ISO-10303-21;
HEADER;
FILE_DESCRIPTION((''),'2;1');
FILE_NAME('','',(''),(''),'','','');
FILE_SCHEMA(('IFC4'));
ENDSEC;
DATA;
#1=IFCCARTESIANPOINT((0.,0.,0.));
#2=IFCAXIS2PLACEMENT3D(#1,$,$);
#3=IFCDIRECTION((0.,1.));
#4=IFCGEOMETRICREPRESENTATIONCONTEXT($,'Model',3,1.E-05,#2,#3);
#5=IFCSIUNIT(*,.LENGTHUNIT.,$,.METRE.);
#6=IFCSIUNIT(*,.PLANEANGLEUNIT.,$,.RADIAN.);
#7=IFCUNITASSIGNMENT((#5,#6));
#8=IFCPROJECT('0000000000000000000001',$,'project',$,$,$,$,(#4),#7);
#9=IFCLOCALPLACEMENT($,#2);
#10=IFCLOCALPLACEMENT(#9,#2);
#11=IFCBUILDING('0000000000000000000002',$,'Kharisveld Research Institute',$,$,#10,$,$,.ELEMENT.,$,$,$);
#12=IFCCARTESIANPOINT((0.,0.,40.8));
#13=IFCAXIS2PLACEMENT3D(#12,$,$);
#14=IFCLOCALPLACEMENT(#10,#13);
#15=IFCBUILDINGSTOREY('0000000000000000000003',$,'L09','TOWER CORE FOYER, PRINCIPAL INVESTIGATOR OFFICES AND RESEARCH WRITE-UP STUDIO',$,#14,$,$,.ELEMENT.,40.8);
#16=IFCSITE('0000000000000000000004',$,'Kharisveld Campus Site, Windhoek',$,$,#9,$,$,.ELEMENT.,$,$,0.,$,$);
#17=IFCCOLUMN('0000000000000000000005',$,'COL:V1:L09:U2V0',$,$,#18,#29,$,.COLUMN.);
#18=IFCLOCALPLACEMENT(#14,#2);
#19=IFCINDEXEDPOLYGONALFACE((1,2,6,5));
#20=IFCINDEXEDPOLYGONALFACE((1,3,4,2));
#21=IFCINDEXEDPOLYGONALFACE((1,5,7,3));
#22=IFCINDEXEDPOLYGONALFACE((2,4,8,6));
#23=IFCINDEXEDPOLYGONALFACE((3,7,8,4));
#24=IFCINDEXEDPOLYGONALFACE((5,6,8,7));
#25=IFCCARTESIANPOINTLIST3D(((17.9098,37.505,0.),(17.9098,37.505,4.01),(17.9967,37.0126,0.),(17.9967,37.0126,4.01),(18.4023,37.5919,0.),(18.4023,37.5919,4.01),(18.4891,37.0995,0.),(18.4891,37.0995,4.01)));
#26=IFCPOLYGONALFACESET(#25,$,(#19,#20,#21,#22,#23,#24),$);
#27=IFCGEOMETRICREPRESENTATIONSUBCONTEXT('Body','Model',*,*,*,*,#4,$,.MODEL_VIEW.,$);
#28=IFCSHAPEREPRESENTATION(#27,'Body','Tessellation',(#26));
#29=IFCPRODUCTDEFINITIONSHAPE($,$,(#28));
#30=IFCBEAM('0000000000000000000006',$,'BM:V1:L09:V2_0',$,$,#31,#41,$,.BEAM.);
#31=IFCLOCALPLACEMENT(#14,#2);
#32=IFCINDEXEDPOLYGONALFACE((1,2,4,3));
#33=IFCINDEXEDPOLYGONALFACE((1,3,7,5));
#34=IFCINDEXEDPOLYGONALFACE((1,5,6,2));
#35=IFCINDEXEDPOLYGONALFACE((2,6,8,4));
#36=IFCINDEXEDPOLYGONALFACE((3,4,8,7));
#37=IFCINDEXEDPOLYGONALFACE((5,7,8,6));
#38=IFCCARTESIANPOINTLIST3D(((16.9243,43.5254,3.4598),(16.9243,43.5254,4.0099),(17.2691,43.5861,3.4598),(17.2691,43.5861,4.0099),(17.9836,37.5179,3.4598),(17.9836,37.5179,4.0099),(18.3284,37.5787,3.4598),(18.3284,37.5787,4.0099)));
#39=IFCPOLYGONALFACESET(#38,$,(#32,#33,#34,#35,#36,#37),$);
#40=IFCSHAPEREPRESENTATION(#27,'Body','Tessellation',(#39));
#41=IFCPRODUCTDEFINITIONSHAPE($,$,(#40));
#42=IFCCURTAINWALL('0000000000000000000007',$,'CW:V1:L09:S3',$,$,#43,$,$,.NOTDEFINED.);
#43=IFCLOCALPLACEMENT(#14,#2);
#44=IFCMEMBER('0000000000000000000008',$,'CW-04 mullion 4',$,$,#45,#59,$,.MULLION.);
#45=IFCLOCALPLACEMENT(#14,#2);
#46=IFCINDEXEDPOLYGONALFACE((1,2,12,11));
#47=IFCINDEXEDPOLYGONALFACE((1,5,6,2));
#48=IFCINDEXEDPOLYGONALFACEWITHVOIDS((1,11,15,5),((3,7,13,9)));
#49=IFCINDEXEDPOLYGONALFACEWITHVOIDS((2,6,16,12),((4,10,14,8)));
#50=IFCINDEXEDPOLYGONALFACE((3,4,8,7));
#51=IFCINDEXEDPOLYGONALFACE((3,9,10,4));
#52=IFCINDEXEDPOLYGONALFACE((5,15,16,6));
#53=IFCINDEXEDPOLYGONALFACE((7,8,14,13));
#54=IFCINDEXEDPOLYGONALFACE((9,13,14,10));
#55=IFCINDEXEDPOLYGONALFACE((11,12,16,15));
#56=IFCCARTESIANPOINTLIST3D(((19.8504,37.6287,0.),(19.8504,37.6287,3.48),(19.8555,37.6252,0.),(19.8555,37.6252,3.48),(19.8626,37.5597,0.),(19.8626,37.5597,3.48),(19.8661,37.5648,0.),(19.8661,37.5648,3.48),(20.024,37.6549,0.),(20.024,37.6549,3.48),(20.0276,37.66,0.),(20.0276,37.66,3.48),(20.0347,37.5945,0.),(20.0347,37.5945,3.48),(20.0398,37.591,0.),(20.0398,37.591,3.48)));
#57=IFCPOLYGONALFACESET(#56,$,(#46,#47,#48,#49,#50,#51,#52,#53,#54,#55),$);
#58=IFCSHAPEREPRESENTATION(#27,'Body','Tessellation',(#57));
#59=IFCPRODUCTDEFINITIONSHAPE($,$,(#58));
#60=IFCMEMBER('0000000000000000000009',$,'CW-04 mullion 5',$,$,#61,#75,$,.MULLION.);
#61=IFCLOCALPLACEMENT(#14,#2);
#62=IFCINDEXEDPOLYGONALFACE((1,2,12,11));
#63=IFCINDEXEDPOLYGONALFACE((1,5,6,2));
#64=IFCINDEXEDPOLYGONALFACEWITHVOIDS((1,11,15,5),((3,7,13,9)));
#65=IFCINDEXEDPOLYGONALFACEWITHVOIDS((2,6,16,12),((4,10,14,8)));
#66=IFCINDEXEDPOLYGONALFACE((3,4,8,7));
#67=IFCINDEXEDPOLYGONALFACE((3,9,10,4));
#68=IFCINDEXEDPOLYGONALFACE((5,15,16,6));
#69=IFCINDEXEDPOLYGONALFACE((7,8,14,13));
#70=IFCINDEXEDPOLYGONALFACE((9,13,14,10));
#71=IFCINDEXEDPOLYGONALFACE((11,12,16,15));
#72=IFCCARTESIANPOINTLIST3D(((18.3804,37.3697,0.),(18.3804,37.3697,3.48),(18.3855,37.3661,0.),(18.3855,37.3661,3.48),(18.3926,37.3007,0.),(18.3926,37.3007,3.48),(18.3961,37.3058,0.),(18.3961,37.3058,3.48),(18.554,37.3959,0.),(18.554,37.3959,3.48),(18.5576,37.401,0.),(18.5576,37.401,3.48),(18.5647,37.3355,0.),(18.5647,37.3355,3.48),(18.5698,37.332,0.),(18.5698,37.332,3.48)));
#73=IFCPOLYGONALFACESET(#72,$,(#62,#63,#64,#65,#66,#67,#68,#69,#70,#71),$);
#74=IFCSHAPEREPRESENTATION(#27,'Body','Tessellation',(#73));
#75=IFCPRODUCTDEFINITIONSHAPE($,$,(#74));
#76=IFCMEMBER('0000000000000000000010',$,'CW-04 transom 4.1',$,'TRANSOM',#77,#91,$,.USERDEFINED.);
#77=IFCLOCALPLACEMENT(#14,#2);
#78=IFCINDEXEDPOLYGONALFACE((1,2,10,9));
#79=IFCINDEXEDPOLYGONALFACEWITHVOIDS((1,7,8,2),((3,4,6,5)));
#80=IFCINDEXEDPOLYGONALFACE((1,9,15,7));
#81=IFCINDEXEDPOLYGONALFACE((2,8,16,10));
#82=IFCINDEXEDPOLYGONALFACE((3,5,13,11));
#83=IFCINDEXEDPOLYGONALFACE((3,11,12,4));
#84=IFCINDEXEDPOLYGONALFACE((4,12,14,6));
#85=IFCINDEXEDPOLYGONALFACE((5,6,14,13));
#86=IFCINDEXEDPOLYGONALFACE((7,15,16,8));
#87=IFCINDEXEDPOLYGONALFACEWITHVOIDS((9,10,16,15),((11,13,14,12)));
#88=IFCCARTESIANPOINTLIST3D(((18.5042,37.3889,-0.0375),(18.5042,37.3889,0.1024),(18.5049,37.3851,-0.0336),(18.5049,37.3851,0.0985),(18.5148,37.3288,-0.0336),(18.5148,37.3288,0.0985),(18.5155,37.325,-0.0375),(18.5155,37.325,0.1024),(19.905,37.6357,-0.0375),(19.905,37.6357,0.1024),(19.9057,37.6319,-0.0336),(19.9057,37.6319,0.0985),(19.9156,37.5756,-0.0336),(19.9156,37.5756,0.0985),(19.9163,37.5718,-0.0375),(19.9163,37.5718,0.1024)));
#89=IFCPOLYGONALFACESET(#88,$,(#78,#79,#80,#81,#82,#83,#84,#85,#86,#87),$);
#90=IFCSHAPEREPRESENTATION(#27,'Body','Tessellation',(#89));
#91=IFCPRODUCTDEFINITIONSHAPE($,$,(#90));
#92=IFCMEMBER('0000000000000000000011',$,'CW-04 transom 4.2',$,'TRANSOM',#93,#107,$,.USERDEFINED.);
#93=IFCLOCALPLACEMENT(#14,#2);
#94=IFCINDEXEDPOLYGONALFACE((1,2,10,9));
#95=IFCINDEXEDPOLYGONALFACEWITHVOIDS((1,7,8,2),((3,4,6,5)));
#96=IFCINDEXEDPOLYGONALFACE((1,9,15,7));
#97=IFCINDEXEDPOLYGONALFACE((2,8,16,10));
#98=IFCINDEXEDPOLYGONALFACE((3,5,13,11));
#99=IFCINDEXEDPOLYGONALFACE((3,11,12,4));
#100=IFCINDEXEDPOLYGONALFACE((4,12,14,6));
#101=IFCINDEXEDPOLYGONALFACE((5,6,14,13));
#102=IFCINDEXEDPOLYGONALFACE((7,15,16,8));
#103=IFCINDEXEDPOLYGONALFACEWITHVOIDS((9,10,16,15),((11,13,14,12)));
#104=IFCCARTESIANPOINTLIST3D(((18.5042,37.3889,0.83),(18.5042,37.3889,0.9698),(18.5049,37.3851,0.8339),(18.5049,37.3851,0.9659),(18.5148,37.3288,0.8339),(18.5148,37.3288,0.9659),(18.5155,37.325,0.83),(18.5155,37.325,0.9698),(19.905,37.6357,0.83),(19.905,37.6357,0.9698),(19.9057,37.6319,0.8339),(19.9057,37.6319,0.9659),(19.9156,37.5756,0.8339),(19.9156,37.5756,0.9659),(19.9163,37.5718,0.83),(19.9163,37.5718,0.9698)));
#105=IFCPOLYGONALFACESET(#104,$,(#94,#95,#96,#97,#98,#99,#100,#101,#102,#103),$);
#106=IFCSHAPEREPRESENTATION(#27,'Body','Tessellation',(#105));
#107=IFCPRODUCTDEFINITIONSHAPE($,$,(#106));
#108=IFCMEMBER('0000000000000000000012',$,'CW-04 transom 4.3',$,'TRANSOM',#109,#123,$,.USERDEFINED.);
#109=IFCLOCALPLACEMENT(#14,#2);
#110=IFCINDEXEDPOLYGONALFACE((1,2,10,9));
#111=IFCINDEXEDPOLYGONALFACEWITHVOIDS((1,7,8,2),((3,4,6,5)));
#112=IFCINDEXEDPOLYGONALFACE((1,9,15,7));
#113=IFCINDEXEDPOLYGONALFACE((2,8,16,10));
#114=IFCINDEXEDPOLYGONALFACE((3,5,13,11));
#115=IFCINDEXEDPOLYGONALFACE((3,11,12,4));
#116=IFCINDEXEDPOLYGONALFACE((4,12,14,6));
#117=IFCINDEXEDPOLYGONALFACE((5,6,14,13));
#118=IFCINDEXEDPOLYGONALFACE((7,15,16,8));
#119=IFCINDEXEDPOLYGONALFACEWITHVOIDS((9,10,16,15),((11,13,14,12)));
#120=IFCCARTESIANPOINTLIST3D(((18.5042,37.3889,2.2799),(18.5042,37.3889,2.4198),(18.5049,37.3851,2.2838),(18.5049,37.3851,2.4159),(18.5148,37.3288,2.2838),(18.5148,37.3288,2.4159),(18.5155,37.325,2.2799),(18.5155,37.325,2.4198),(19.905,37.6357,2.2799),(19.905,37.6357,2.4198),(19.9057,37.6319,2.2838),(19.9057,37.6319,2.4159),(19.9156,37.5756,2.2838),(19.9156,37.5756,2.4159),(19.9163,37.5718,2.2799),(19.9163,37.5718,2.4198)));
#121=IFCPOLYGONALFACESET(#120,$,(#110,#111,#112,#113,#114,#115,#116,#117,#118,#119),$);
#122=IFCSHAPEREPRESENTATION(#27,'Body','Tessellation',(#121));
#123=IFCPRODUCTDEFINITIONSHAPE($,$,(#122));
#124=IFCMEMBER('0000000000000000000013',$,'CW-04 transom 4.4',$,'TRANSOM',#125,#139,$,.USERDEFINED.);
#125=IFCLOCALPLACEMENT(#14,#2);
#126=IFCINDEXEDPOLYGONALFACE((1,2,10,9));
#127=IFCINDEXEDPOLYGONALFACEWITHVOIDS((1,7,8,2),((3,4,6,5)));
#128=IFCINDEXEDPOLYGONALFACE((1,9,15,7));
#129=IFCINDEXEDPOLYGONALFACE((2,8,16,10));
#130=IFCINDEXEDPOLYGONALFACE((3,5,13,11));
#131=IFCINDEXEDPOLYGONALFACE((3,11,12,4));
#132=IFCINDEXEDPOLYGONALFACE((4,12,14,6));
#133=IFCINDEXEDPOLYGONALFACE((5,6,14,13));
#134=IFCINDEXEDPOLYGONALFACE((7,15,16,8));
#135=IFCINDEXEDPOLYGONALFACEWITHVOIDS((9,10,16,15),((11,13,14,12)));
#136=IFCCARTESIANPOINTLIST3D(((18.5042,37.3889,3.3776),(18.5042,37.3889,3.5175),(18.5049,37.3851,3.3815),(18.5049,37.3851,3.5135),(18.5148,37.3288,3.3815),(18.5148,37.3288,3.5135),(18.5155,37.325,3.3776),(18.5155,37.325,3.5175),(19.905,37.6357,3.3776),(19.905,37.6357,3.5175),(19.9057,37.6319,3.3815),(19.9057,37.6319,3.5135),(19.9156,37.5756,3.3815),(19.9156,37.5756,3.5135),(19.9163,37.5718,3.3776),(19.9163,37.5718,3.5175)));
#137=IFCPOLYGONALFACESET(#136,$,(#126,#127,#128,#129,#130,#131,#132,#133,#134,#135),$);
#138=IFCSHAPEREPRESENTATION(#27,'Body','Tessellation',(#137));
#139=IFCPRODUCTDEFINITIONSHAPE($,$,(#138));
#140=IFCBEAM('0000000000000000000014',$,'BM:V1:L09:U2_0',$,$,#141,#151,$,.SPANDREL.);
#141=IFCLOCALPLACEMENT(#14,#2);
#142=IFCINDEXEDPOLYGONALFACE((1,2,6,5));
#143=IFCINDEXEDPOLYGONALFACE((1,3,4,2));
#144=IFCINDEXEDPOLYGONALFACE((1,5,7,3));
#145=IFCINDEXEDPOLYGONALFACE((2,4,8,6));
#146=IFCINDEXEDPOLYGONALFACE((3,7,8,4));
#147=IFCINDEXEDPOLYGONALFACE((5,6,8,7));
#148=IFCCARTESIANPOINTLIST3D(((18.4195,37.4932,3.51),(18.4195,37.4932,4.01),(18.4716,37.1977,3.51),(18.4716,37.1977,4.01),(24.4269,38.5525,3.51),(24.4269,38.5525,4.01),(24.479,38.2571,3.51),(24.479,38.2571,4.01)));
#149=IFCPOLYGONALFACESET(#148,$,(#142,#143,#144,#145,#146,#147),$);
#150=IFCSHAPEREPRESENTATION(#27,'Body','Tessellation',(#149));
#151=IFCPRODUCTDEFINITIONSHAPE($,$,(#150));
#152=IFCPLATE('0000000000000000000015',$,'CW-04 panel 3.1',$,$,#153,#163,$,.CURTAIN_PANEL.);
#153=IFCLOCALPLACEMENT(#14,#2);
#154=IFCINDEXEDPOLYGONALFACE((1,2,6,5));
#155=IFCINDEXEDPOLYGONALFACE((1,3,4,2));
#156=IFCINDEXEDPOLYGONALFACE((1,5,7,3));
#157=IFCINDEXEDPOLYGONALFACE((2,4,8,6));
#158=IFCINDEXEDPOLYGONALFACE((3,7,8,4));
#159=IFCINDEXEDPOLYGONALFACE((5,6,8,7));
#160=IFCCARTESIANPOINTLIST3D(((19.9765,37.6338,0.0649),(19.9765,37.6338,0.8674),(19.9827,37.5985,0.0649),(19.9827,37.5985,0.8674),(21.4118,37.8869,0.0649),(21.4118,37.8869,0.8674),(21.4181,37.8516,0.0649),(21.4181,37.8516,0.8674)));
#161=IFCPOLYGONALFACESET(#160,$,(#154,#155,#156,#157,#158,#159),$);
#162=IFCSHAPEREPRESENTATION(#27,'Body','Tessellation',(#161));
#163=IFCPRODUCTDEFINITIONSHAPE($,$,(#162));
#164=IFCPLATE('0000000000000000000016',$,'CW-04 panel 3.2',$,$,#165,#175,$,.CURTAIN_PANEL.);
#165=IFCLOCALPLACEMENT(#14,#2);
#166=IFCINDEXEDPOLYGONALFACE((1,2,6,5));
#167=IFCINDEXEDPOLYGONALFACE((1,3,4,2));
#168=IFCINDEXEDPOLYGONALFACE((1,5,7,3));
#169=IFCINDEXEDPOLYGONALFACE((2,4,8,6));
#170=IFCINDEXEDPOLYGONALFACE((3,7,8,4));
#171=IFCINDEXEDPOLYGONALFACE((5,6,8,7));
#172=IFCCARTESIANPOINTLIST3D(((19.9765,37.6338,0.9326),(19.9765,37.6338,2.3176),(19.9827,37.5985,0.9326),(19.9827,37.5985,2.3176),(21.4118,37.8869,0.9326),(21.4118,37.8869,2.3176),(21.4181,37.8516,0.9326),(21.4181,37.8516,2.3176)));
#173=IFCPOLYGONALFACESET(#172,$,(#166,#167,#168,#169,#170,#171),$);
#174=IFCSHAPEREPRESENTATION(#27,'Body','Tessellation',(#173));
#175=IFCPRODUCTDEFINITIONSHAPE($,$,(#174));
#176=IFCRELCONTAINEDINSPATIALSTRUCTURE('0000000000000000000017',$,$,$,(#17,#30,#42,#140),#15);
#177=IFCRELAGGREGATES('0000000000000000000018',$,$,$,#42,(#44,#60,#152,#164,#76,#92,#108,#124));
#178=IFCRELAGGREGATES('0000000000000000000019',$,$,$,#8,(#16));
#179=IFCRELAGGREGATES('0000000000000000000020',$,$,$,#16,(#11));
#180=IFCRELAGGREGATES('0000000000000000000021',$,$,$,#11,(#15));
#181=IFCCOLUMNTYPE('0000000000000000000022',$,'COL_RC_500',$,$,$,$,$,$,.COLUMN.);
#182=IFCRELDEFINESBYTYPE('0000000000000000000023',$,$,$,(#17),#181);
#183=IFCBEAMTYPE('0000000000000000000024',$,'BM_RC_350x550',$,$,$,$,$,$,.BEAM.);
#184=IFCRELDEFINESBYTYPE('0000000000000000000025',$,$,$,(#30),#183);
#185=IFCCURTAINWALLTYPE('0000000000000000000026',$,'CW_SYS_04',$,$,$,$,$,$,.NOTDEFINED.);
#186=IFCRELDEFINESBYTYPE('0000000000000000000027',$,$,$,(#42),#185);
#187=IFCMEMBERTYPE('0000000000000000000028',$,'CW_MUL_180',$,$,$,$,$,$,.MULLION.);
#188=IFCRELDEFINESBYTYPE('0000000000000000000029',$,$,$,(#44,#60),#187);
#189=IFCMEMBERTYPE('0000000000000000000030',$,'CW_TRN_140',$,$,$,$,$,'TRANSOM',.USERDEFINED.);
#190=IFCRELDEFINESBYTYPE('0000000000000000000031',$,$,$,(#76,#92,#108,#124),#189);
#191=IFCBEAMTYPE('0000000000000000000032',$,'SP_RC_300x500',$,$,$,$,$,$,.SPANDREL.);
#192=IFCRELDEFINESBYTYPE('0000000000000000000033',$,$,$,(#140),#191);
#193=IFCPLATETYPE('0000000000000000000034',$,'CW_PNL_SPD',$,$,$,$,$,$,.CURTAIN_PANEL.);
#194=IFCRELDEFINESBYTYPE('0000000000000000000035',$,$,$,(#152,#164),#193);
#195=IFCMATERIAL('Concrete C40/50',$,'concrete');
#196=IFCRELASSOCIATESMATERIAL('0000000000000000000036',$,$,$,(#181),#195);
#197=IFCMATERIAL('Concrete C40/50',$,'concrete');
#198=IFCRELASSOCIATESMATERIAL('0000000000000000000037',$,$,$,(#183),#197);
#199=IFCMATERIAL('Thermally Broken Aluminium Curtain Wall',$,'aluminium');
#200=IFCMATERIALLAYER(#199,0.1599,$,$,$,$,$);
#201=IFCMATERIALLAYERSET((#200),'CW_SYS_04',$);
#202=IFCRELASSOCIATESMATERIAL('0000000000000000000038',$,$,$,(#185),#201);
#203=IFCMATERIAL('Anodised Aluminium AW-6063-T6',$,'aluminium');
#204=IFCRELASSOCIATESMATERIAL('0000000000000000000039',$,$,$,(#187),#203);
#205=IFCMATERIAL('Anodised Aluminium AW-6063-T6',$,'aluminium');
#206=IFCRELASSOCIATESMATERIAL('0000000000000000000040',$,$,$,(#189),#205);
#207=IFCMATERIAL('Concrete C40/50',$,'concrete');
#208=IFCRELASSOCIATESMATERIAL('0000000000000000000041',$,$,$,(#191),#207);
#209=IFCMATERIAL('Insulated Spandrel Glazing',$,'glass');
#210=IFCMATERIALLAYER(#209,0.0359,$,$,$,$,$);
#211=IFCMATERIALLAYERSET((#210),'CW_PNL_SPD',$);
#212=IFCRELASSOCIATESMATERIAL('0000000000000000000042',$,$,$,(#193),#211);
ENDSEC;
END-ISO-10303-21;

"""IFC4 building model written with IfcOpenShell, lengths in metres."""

from ifc_helpers import new_model, si_unit, direction, frame, origin, origin_2d, place, context, subcontext, project, spatial, rectangle, hollow_rectangle, extrude, material, layer, layer_set, material_profile, profile_set, type_object, element, aggregate, save


model = new_model("IFC4")

# Units and contexts
model_context = context("Model", 3, precision=1e-05, world=origin(), true_north=direction((0.0, 1.0)))
body_context = subcontext(model_context, "Body", "Model", "MODEL_VIEW")
ifc_project = project(units=[si_unit("LENGTHUNIT", "METRE"), si_unit("PLANEANGLEUNIT", "RADIAN")], contexts=[model_context])

# Site, building, storey
site_placement = place(None, origin())
site = spatial("IfcSite", under=ifc_project, at=site_placement, Name="Kharisveld Campus Site, Windhoek", CompositionType="ELEMENT", RefElevation=0.0)
building_placement = place(site_placement, origin())
building = spatial("IfcBuilding", under=site, at=building_placement, Name="Kharisveld Research Institute", CompositionType="ELEMENT")
storey_placement = place(building_placement, frame((0.0, 0.0, 40.8)))
storey = spatial("IfcBuildingStorey", under=building, at=storey_placement, Name="L09", Description="TOWER CORE FOYER, PRINCIPAL INVESTIGATOR OFFICES AND RESEARCH WRITE-UP STUDIO", CompositionType="ELEMENT", Elevation=40.8)

# Column
ifc_material_1 = material(Name="Concrete C40/50", Category="concrete")
ifc_material_profile_1 = material_profile(ifc_material_1, rectangle(XDim=0.5, YDim=0.5, at=origin_2d()))
ifc_profile_set_1 = profile_set([ifc_material_profile_1], Name="Concrete C40/50")
column_type = type_object("IfcColumnType", Name="COL_RC_500", PredefinedType="COLUMN", material=ifc_profile_set_1)
column_placement = place(storey_placement, frame((18.1995, 37.3022, 0.0), z_axis=(0.0, 0.0, 1.0), x_axis=(0.984808, 0.173648, 0.0)))
element("IfcColumn", 1, at=column_placement, inside=storey, type_object=column_type, Name="COL:V1:L09:U2V0", PredefinedType="COLUMN", context=body_context, shape_type="SweptSolid", body=[
    extrude(rectangle(XDim=0.5, YDim=0.5, at=origin_2d()), origin(), (0.0, 0.0, 1.0), 4.01),
])

# Beam
ifc_material_2 = material(Name="Concrete C40/50", Category="concrete")
ifc_material_profile_2 = material_profile(ifc_material_2, rectangle(XDim=0.3501, YDim=0.55, at=origin_2d()))
ifc_profile_set_2 = profile_set([ifc_material_profile_2], Name="Concrete C40/50")
beam_type_1 = type_object("IfcBeamType", Name="BM_RC_350x550", PredefinedType="BEAM", material=ifc_profile_set_2)
beam_1_placement = place(storey_placement, frame((18.156, 37.5483, 3.7349), z_axis=(-0.17366, 0.984806, 0.0), x_axis=(-0.984806, -0.17366, 0.0)))
element("IfcBeam", 2, at=beam_1_placement, inside=storey, type_object=beam_type_1, Name="BM:V1:L09:V2_0", PredefinedType="BEAM", context=body_context, shape_type="SweptSolid", body=[
    extrude(rectangle(XDim=0.3501, YDim=0.55, at=origin_2d()), origin(), (0.0, 0.0, 1.0), 6.1001),
])

# Curtain wall, members
ifc_material_3 = material(Name="Thermally Broken Aluminium Curtain Wall", Category="aluminium")
ifc_layer_1 = layer(ifc_material_3, 0.1599)
ifc_layer_set_1 = layer_set([ifc_layer_1], Name="CW_SYS_04")
curtain_wall_type = type_object("IfcCurtainWallType", Name="CW_SYS_04", PredefinedType="NOTDEFINED", material=ifc_layer_set_1)
curtain_wall_placement = place(storey_placement, origin())
curtain_wall = element("IfcCurtainWall", 3, at=curtain_wall_placement, inside=storey, type_object=curtain_wall_type, Name="CW:V1:L09:S3", PredefinedType="NOTDEFINED")
ifc_material_4 = material(Name="Anodised Aluminium AW-6063-T6", Category="aluminium")
ifc_material_profile_3 = material_profile(ifc_material_4, hollow_rectangle(XDim=0.0701, YDim=0.1799, WallThickness=0.0044, at=origin_2d()))
ifc_profile_set_3 = profile_set([ifc_material_profile_3], Name="Anodised Aluminium AW-6063-T6")
member_type_1 = type_object("IfcMemberType", Name="CW_MUL_180", PredefinedType="MULLION", material=ifc_profile_set_3)
member_1_placement = place(storey_placement, frame((19.9451, 37.6099, 0.0), z_axis=(0.0, 0.0, 1.0), x_axis=(0.173648, -0.984808, 0.0)))
member_1 = element("IfcMember", 4, at=member_1_placement, type_object=member_type_1, Name="CW-04 mullion 4", PredefinedType="MULLION", context=body_context, shape_type="SweptSolid", body=[
    extrude(hollow_rectangle(XDim=0.0701, YDim=0.1799, WallThickness=0.0044, at=origin_2d()), origin(), (0.0, 0.0, 1.0), 3.48),
])
member_2_placement = place(storey_placement, frame((18.4751, 37.3508, 0.0), z_axis=(0.0, 0.0, 1.0), x_axis=(0.173648, -0.984808, 0.0)))
member_2 = element("IfcMember", 5, at=member_2_placement, type_object=member_type_1, Name="CW-04 mullion 5", PredefinedType="MULLION", context=body_context, shape_type="SweptSolid", body=[
    extrude(hollow_rectangle(XDim=0.0701, YDim=0.1799, WallThickness=0.0044, at=origin_2d()), origin(), (0.0, 0.0, 1.0), 3.48),
])
ifc_material_5 = material(Name="Anodised Aluminium AW-6063-T6", Category="aluminium")
ifc_material_profile_4 = material_profile(ifc_material_5, hollow_rectangle(XDim=0.0649, YDim=0.1399, WallThickness=0.0039, at=origin_2d()))
ifc_profile_set_4 = profile_set([ifc_material_profile_4], Name="Anodised Aluminium AW-6063-T6")
member_type_2 = type_object("IfcMemberType", Name="CW_TRN_140", ElementType="TRANSOM", PredefinedType="USERDEFINED", material=ifc_profile_set_4)
member_3_placement = place(storey_placement, frame((19.9106, 37.6038, 0.0325), z_axis=(-0.98483, -0.173521, 0.0), x_axis=(0.173521, -0.98483, 0.0)))
member_3 = element("IfcMember", 6, at=member_3_placement, type_object=member_type_2, Name="CW-04 transom 4.1", ObjectType="TRANSOM", PredefinedType="USERDEFINED", context=body_context, shape_type="SweptSolid", body=[
    extrude(hollow_rectangle(XDim=0.0649, YDim=0.1399, WallThickness=0.0039, at=origin_2d()), origin(), (0.0, 0.0, 1.0), 1.4224),
])
member_4_placement = place(storey_placement, frame((19.9106, 37.6038, 0.8999), z_axis=(-0.98483, -0.173521, 0.0), x_axis=(0.173521, -0.98483, 0.0)))
member_4 = element("IfcMember", 7, at=member_4_placement, type_object=member_type_2, Name="CW-04 transom 4.2", ObjectType="TRANSOM", PredefinedType="USERDEFINED", context=body_context, shape_type="SweptSolid", body=[
    extrude(hollow_rectangle(XDim=0.0649, YDim=0.1399, WallThickness=0.0039, at=origin_2d()), origin(), (0.0, 0.0, 1.0), 1.4224),
])
member_5_placement = place(storey_placement, frame((19.9106, 37.6038, 2.3499), z_axis=(-0.98483, -0.173521, 0.0), x_axis=(0.173521, -0.98483, 0.0)))
member_5 = element("IfcMember", 8, at=member_5_placement, type_object=member_type_2, Name="CW-04 transom 4.3", ObjectType="TRANSOM", PredefinedType="USERDEFINED", context=body_context, shape_type="SweptSolid", body=[
    extrude(hollow_rectangle(XDim=0.0649, YDim=0.1399, WallThickness=0.0039, at=origin_2d()), origin(), (0.0, 0.0, 1.0), 1.4224),
])
member_6_placement = place(storey_placement, frame((19.9106, 37.6038, 3.4475), z_axis=(-0.98483, -0.173521, 0.0), x_axis=(0.173521, -0.98483, 0.0)))
member_6 = element("IfcMember", 9, at=member_6_placement, type_object=member_type_2, Name="CW-04 transom 4.4", ObjectType="TRANSOM", PredefinedType="USERDEFINED", context=body_context, shape_type="SweptSolid", body=[
    extrude(hollow_rectangle(XDim=0.0649, YDim=0.1399, WallThickness=0.0039, at=origin_2d()), origin(), (0.0, 0.0, 1.0), 1.4224),
])

# Beam
ifc_material_6 = material(Name="Concrete C40/50", Category="concrete")
ifc_material_profile_5 = material_profile(ifc_material_6, rectangle(XDim=0.3, YDim=0.5, at=origin_2d()))
ifc_profile_set_5 = profile_set([ifc_material_profile_5], Name="Concrete C40/50")
beam_type_2 = type_object("IfcBeamType", Name="SP_RC_300x500", PredefinedType="SPANDREL", material=ifc_profile_set_5)
beam_2_placement = place(storey_placement, frame((18.4456, 37.3455, 3.76), z_axis=(0.984806, 0.17366, 0.0), x_axis=(-0.17366, 0.984806, 0.0)))
element("IfcBeam", 10, at=beam_2_placement, inside=storey, type_object=beam_type_2, Name="BM:V1:L09:U2_0", PredefinedType="SPANDREL", context=body_context, shape_type="SweptSolid", body=[
    extrude(rectangle(XDim=0.3, YDim=0.5, at=origin_2d()), origin(), (0.0, 0.0, 1.0), 6.1001),
])

# Plates
ifc_material_7 = material(Name="Insulated Spandrel Glazing", Category="glass")
ifc_layer_2 = layer(ifc_material_7, 0.0359)
ifc_layer_set_2 = layer_set([ifc_layer_2], Name="CW_PNL_SPD")
plate_type = type_object("IfcPlateType", Name="CW_PNL_SPD", PredefinedType="CURTAIN_PANEL", material=ifc_layer_set_2)
plate_1_placement = place(storey_placement, frame((20.6973, 37.7427, 0.0649), z_axis=(0.0, 0.0, 1.0), x_axis=(-0.984808, -0.173648, 0.0)))
plate_1 = element("IfcPlate", 11, at=plate_1_placement, type_object=plate_type, Name="CW-04 panel 3.1", PredefinedType="CURTAIN_PANEL", context=body_context, shape_type="SweptSolid", body=[
    extrude(rectangle(XDim=1.4575, YDim=0.0359, at=origin_2d()), origin(), (0.0, 0.0, 1.0), 0.8025),
])
plate_2_placement = place(storey_placement, frame((20.6973, 37.7427, 0.9326), z_axis=(0.0, 0.0, 1.0), x_axis=(-0.984808, -0.173648, 0.0)))
plate_2 = element("IfcPlate", 12, at=plate_2_placement, type_object=plate_type, Name="CW-04 panel 3.2", PredefinedType="CURTAIN_PANEL", context=body_context, shape_type="SweptSolid", body=[
    extrude(rectangle(XDim=1.4575, YDim=0.0359, at=origin_2d()), origin(), (0.0, 0.0, 1.0), 1.385),
])
aggregate(curtain_wall, [member_1, member_2, plate_1, plate_2, member_3, member_4, member_5, member_6])

save(model, "model.ifc")
